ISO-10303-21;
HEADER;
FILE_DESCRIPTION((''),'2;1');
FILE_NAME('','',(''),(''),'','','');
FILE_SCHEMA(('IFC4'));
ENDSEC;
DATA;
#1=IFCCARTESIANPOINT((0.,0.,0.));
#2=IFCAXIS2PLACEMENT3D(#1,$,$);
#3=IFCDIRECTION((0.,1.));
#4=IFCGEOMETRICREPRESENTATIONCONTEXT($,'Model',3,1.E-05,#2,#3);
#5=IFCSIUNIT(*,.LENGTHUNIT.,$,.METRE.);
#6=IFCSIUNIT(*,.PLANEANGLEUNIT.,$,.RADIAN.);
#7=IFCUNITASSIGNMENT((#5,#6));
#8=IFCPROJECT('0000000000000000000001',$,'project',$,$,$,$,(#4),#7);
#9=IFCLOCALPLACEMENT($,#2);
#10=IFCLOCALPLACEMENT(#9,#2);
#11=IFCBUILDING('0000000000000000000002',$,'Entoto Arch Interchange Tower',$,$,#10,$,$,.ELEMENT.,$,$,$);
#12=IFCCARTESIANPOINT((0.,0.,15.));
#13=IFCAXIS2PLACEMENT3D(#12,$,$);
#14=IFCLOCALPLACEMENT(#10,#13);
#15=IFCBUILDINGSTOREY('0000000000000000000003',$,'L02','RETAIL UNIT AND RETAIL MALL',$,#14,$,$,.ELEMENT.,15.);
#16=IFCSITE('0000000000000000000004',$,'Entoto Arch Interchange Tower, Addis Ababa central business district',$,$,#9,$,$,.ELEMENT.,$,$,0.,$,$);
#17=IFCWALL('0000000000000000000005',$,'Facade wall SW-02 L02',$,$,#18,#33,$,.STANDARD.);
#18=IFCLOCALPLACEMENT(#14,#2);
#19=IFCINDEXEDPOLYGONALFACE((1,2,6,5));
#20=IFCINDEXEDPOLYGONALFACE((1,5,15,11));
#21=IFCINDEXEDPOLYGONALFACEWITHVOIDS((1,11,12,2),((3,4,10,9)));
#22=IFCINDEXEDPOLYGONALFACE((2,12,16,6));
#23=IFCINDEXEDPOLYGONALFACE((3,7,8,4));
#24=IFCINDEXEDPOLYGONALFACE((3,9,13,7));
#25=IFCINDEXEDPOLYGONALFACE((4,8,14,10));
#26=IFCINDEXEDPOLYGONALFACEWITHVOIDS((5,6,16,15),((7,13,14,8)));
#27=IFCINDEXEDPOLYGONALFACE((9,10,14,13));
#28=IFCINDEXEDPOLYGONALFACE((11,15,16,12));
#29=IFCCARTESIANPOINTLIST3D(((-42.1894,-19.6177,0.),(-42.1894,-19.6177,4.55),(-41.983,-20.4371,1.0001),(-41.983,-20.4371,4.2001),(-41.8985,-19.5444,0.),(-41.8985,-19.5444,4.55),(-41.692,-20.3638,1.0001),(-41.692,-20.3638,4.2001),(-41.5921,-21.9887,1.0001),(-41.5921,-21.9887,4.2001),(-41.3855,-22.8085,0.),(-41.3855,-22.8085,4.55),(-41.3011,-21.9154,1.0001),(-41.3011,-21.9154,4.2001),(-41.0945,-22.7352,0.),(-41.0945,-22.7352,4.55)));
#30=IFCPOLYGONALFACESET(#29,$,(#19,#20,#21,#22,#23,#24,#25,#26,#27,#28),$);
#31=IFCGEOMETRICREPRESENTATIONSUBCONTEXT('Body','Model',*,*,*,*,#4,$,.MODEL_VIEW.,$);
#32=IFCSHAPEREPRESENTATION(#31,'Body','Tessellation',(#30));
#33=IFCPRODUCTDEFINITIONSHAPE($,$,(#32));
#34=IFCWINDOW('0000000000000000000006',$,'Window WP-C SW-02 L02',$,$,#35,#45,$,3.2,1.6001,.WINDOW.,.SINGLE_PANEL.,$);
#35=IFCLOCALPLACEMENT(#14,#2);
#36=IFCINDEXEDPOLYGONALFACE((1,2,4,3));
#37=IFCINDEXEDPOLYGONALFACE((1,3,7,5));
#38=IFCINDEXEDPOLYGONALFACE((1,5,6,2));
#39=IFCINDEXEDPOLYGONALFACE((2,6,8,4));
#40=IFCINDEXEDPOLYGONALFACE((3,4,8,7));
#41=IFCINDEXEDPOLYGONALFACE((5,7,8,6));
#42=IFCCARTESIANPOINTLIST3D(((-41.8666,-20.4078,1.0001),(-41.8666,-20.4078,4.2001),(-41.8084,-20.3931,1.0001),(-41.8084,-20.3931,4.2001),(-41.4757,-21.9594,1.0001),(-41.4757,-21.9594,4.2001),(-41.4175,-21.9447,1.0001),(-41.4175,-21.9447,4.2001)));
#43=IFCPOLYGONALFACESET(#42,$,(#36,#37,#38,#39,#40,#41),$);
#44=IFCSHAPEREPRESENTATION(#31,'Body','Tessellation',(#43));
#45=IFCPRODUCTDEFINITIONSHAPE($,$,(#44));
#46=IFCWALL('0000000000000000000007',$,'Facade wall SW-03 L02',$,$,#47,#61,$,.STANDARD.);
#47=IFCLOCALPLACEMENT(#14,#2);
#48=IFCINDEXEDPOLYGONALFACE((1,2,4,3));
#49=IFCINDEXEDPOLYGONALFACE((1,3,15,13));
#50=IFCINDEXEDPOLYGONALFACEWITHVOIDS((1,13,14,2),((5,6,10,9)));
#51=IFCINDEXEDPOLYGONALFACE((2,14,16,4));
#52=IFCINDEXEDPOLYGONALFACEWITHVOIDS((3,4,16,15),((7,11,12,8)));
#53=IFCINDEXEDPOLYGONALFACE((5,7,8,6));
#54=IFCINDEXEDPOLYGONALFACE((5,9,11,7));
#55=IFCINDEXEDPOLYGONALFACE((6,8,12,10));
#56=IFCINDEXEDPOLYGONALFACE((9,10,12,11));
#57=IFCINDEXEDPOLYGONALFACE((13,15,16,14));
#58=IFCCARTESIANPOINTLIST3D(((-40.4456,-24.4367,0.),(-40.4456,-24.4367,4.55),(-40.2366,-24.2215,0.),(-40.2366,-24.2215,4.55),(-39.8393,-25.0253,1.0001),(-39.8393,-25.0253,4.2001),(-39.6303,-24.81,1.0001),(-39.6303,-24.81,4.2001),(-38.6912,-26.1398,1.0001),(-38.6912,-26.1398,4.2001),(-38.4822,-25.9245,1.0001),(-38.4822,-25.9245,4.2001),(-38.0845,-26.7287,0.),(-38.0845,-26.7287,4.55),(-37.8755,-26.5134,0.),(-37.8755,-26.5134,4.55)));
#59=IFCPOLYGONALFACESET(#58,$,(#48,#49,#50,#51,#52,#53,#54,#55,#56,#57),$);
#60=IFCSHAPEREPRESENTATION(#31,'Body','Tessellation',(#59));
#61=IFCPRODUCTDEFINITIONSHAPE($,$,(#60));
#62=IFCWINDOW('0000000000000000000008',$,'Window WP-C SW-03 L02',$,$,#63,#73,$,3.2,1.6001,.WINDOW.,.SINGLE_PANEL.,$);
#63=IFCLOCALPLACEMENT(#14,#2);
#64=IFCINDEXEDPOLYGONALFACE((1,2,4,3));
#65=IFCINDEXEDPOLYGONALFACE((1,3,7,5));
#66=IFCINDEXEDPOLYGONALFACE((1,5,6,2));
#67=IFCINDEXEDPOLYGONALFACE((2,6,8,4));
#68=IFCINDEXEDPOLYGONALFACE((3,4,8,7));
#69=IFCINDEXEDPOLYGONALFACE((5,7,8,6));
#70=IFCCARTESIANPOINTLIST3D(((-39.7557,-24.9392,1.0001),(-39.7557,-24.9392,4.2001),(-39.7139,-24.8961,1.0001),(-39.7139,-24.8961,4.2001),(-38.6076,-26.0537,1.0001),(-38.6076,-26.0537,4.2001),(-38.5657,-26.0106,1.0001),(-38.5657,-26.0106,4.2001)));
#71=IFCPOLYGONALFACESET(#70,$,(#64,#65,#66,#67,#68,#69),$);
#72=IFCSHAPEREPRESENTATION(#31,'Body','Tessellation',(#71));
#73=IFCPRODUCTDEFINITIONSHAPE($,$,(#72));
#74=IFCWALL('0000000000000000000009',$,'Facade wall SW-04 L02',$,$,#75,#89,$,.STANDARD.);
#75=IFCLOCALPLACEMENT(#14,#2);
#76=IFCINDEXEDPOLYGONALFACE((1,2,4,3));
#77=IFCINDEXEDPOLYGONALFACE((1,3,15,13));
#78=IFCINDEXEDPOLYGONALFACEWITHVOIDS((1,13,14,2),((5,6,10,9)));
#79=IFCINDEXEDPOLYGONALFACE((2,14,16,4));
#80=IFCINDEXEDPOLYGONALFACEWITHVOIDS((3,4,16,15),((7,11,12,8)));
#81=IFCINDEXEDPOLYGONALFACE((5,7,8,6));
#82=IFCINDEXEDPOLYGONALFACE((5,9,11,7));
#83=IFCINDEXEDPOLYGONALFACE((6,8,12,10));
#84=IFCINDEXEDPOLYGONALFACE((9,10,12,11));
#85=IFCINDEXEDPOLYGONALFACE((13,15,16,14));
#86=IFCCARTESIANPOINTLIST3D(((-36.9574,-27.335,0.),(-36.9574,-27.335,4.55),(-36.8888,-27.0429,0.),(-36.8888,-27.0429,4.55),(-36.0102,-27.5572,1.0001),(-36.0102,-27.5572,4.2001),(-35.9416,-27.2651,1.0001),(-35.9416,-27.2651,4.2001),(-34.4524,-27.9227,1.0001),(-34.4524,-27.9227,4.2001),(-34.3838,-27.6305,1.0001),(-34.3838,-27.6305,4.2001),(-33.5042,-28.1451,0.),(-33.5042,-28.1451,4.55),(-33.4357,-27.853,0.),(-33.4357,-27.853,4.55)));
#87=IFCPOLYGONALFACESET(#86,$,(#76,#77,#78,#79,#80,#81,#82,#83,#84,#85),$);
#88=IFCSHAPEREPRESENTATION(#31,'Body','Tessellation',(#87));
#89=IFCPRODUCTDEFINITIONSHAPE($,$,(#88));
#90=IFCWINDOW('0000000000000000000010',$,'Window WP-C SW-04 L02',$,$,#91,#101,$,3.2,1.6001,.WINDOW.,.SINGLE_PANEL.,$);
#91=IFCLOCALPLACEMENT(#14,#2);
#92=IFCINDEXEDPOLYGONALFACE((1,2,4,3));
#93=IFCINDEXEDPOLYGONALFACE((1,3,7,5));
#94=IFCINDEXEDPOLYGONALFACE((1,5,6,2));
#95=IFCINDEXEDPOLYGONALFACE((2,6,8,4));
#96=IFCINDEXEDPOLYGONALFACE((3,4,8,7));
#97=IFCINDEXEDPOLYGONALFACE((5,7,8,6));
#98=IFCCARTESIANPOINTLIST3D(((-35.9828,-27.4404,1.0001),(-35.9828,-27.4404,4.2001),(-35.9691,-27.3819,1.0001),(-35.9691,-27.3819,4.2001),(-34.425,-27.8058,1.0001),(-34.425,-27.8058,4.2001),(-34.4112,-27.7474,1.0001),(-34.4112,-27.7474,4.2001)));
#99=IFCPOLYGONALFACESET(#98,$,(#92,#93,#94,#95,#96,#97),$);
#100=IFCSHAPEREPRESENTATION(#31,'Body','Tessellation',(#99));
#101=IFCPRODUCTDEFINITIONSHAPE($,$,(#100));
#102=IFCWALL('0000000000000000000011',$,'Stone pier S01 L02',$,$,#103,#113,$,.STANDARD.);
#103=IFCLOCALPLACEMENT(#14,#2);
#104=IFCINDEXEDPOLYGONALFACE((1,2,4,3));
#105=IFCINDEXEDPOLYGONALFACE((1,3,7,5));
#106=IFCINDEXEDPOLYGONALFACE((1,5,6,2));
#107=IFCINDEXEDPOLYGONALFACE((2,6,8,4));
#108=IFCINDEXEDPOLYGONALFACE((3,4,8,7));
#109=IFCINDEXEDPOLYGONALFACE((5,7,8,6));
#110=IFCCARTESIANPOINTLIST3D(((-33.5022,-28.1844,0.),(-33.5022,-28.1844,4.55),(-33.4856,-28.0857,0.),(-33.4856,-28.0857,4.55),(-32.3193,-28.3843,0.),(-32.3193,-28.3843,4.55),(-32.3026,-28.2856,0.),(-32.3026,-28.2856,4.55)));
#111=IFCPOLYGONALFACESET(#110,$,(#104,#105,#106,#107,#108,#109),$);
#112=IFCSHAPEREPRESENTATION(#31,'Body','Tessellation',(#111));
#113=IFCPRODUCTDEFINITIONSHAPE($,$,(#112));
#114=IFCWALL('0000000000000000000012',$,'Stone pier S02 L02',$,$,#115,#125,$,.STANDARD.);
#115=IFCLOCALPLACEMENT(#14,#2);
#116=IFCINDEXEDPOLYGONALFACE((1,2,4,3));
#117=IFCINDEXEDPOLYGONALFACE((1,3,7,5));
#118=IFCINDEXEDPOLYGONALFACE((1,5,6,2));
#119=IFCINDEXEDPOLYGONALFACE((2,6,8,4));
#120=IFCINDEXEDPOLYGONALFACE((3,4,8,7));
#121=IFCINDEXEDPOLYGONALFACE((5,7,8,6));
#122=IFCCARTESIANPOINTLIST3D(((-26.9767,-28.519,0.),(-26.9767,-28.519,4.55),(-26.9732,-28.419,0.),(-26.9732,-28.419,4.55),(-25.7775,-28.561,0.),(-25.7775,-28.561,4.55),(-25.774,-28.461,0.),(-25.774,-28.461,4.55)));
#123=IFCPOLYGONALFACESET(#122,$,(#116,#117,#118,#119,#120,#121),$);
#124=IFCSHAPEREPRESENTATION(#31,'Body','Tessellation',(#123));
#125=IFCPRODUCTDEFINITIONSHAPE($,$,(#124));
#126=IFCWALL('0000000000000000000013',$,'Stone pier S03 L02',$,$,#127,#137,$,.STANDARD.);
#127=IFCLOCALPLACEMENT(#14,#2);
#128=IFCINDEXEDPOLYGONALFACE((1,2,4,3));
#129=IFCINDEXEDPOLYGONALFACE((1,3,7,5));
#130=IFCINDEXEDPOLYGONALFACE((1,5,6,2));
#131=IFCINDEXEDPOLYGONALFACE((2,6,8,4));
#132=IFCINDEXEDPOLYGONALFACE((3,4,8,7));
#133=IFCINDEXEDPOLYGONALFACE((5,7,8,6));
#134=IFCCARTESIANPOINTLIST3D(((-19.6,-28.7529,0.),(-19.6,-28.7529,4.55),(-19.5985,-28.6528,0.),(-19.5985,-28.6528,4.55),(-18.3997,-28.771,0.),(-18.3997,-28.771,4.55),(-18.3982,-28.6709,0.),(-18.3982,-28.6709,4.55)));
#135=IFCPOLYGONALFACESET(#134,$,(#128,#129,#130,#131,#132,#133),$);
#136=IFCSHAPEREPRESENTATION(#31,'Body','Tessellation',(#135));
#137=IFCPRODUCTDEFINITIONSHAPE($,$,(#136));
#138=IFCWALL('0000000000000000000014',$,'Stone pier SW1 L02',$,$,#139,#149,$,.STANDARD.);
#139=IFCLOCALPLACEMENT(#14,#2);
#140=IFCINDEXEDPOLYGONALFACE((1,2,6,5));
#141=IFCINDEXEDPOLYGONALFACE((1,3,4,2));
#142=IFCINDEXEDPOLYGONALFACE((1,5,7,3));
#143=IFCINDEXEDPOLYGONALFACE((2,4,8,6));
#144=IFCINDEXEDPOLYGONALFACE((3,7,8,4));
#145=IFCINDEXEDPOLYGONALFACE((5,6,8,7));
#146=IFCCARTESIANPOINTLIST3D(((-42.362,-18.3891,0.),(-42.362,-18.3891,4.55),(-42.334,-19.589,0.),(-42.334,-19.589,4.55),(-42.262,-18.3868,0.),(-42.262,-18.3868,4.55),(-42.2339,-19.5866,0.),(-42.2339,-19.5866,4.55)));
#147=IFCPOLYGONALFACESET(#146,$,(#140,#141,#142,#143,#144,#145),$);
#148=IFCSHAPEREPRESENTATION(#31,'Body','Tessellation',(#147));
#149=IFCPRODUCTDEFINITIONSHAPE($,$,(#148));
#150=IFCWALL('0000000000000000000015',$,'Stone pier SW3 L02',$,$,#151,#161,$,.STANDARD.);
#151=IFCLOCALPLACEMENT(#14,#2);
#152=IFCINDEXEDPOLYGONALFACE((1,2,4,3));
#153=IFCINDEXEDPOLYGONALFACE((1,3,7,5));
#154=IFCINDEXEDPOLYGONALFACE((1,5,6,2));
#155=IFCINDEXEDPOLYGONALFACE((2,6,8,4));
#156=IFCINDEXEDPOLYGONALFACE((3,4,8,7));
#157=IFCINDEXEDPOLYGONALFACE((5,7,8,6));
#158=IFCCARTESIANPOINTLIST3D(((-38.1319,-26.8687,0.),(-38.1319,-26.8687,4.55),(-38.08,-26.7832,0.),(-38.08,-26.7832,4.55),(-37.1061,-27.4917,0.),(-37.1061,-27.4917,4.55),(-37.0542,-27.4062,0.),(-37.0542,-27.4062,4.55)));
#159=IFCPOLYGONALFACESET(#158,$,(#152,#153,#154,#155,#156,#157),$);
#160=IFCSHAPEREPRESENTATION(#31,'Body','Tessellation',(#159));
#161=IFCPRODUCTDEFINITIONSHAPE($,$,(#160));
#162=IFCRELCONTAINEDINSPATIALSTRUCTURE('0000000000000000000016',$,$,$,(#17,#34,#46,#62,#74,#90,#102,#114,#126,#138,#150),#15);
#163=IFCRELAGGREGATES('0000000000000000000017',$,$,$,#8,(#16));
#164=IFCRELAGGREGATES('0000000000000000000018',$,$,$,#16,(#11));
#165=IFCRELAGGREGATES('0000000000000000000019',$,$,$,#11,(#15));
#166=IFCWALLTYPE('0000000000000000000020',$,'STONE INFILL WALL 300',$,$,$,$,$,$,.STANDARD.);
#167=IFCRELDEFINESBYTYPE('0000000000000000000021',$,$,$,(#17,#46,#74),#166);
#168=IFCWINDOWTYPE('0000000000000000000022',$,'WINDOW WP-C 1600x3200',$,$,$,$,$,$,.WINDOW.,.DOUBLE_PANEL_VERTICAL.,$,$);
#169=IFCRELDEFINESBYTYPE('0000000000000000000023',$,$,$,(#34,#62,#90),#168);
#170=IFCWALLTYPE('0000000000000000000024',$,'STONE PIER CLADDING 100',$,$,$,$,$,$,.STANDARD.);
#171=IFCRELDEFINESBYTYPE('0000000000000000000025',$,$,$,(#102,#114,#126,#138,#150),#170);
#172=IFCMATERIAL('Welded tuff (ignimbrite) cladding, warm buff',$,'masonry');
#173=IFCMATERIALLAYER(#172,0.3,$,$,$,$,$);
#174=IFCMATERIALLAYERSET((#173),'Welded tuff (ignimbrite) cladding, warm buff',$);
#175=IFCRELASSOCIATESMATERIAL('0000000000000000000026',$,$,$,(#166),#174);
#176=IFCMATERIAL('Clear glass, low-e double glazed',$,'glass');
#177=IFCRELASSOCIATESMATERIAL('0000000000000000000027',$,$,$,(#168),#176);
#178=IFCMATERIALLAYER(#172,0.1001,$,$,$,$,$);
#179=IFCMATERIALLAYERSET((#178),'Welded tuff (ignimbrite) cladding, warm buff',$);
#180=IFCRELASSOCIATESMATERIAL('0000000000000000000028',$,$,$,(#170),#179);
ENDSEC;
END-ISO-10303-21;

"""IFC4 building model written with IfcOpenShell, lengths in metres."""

from ifc_helpers import new_model, si_unit, direction, frame, frame_2d, origin, place, context, subcontext, project, spatial, rectangle, extrude, material, layer, layer_set, type_object, element, fill, save


model = new_model("IFC4")

# Units and contexts
model_context = context("Model", 3, precision=1e-05, world=origin(), true_north=direction((0.0, 1.0)))
body_context = subcontext(model_context, "Body", "Model", "MODEL_VIEW")
ifc_project = project(units=[si_unit("LENGTHUNIT", "METRE"), si_unit("PLANEANGLEUNIT", "RADIAN")], contexts=[model_context])

# Site, building, storey
site_placement = place(None, origin())
site = spatial("IfcSite", under=ifc_project, at=site_placement, Name="Entoto Arch Interchange Tower, Addis Ababa central business district", CompositionType="ELEMENT", RefElevation=0.0)
building_placement = place(site_placement, origin())
building = spatial("IfcBuilding", under=site, at=building_placement, Name="Entoto Arch Interchange Tower", CompositionType="ELEMENT")
storey_placement = place(building_placement, frame((0.0, 0.0, 15.0)))
storey = spatial("IfcBuildingStorey", under=building, at=storey_placement, Name="L02", Description="RETAIL UNIT AND RETAIL MALL", CompositionType="ELEMENT", Elevation=15.0)

# Shared definitions
ifc_material_1 = material(Name="Welded tuff (ignimbrite) cladding, warm buff", Category="masonry")
ifc_layer_1 = layer(ifc_material_1, 0.3)
ifc_layer_set_1 = layer_set([ifc_layer_1], Name="Welded tuff (ignimbrite) cladding, warm buff")
wall_type_1 = type_object("IfcWallType", Name="STONE INFILL WALL 300", PredefinedType="STANDARD", material=ifc_layer_set_1)
ifc_material_2 = material(Name="Clear glass, low-e double glazed", Category="glass")
window_type = type_object("IfcWindowType", Name="WINDOW WP-C 1600x3200", PartitioningType="DOUBLE_PANEL_VERTICAL", PredefinedType="WINDOW", material=ifc_material_2)

# Walls, openings, windows
wall_1_placement = place(storey_placement, frame((-42.0439, -19.5811, 0.0), z_axis=(0.0, 0.0, 1.0), x_axis=(0.244316, -0.969696, 0.0)))
wall_1 = element("IfcWall", 1, at=wall_1_placement, inside=storey, type_object=wall_type_1, Name="Facade wall SW-02 L02", PredefinedType="STANDARD", context=body_context, shape_type="SweptSolid", body=[
    extrude(rectangle(XDim=3.2905, YDim=0.3, at=frame_2d((1.6453, 0.0))), origin(), (0.0, 0.0, 1.0), 4.55),
])
opening_1_placement = place(wall_1_placement, frame((0.845, 0.0, 1.0)))
opening_1 = element("IfcOpeningElement", 2, at=opening_1_placement, cuts=wall_1, PredefinedType="OPENING", context=body_context, shape_type="SweptSolid", body=[
    extrude(rectangle(XDim=1.6001, YDim=3.2, at=frame_2d((0.8, 1.6001))), frame((0.0, 0.1602, 0.0), z_axis=(0.0, -1.0, 0.0), x_axis=(1.0, 0.0, 0.0)), (0.0, 0.0, 1.0), 0.3201),
])
window_1_placement = place(opening_1_placement, origin())
window_1 = element("IfcWindow", 3, at=window_1_placement, inside=storey, type_object=window_type, Name="Window WP-C SW-02 L02", OverallHeight=3.2, OverallWidth=1.6001, PartitioningType="SINGLE_PANEL", PredefinedType="WINDOW", context=body_context, shape_type="SweptSolid", body=[
    extrude(rectangle(XDim=1.6001, YDim=3.2, at=frame_2d((0.8, 1.6001))), frame((0.0, 0.03, 0.0), z_axis=(0.0, -1.0, 0.0), x_axis=(1.0, 0.0, 0.0)), (0.0, 0.0, 1.0), 0.0601),
])
fill(opening_1, window_1)
wall_2_placement = place(storey_placement, frame((-40.3411, -24.3291, 0.0), z_axis=(0.0, 0.0, 1.0), x_axis=(0.717527, -0.69653, 0.0)))
wall_2 = element("IfcWall", 4, at=wall_2_placement, inside=storey, type_object=wall_type_1, Name="Facade wall SW-03 L02", PredefinedType="STANDARD", context=body_context, shape_type="SweptSolid", body=[
    extrude(rectangle(XDim=3.2905, YDim=0.3, at=frame_2d((1.6453, 0.0))), origin(), (0.0, 0.0, 1.0), 4.55),
])
opening_2_placement = place(wall_2_placement, frame((0.845, 0.0, 1.0)))
opening_2 = element("IfcOpeningElement", 5, at=opening_2_placement, cuts=wall_2, PredefinedType="OPENING", context=body_context, shape_type="SweptSolid", body=[
    extrude(rectangle(XDim=1.6001, YDim=3.2, at=frame_2d((0.8, 1.6001))), frame((0.0, 0.1602, 0.0), z_axis=(0.0, -1.0, 0.0), x_axis=(1.0, 0.0, 0.0)), (0.0, 0.0, 1.0), 0.3201),
])
window_2_placement = place(opening_2_placement, origin())
window_2 = element("IfcWindow", 6, at=window_2_placement, inside=storey, type_object=window_type, Name="Window WP-C SW-03 L02", OverallHeight=3.2, OverallWidth=1.6001, PartitioningType="SINGLE_PANEL", PredefinedType="WINDOW", context=body_context, shape_type="SweptSolid", body=[
    extrude(rectangle(XDim=1.6001, YDim=3.2, at=frame_2d((0.8, 1.6001))), frame((0.0, 0.03, 0.0), z_axis=(0.0, -1.0, 0.0), x_axis=(1.0, 0.0, 0.0)), (0.0, 0.0, 1.0), 0.0601),
])
fill(opening_2, window_2)
wall_3_placement = place(storey_placement, frame((-36.9231, -27.189, 0.0), z_axis=(0.0, 0.0, 1.0), x_axis=(0.97357, -0.228387, 0.0)))
wall_3 = element("IfcWall", 7, at=wall_3_placement, inside=storey, type_object=wall_type_1, Name="Facade wall SW-04 L02", PredefinedType="STANDARD", context=body_context, shape_type="SweptSolid", body=[
    extrude(rectangle(XDim=3.5469, YDim=0.3, at=frame_2d((1.7734, 0.0))), origin(), (0.0, 0.0, 1.0), 4.55),
])
opening_3_placement = place(wall_3_placement, frame((0.9729, 0.0, 1.0)))
opening_3 = element("IfcOpeningElement", 8, at=opening_3_placement, cuts=wall_3, PredefinedType="OPENING", context=body_context, shape_type="SweptSolid", body=[
    extrude(rectangle(XDim=1.6001, YDim=3.2, at=frame_2d((0.8, 1.6001))), frame((0.0, 0.1602, 0.0), z_axis=(0.0, -1.0, 0.0), x_axis=(1.0, 0.0, 0.0)), (0.0, 0.0, 1.0), 0.3201),
])
window_3_placement = place(opening_3_placement, origin())
window_3 = element("IfcWindow", 9, at=window_3_placement, inside=storey, type_object=window_type, Name="Window WP-C SW-04 L02", OverallHeight=3.2, OverallWidth=1.6001, PartitioningType="SINGLE_PANEL", PredefinedType="WINDOW", context=body_context, shape_type="SweptSolid", body=[
    extrude(rectangle(XDim=1.6001, YDim=3.2, at=frame_2d((0.8, 1.6001))), frame((0.0, 0.03, 0.0), z_axis=(0.0, -1.0, 0.0), x_axis=(1.0, 0.0, 0.0)), (0.0, 0.0, 1.0), 0.0601),
])
fill(opening_3, window_3)

# Walls
ifc_layer_2 = layer(ifc_material_1, 0.1001)
ifc_layer_set_2 = layer_set([ifc_layer_2], Name="Welded tuff (ignimbrite) cladding, warm buff")
wall_type_2 = type_object("IfcWallType", Name="STONE PIER CLADDING 100", PredefinedType="STANDARD", material=ifc_layer_set_2)
wall_4_placement = place(storey_placement, frame((-33.4939, -28.135, 0.0), z_axis=(0.0, 0.0, 1.0), x_axis=(0.986012, -0.166676, 0.0)))
element("IfcWall", 10, at=wall_4_placement, inside=storey, type_object=wall_type_2, Name="Stone pier S01 L02", PredefinedType="STANDARD", context=body_context, shape_type="SweptSolid", body=[
    extrude(rectangle(XDim=1.1997, YDim=0.1001, at=frame_2d((0.5999, 0.0))), origin(), (0.0, 0.0, 1.0), 4.55),
])
wall_5_placement = place(storey_placement, frame((-26.9751, -28.469, 0.0), z_axis=(0.0, 0.0, 1.0), x_axis=(0.999387, -0.034995, 0.0)))
element("IfcWall", 11, at=wall_5_placement, inside=storey, type_object=wall_type_2, Name="Stone pier S02 L02", PredefinedType="STANDARD", context=body_context, shape_type="SweptSolid", body=[
    extrude(rectangle(XDim=1.2, YDim=0.1001, at=frame_2d((0.6001, 0.0))), origin(), (0.0, 0.0, 1.0), 4.55),
])
wall_6_placement = place(storey_placement, frame((-19.5991, -28.7029, 0.0), z_axis=(0.0, 0.0, 1.0), x_axis=(0.999887, -0.015051, 0.0)))
element("IfcWall", 12, at=wall_6_placement, inside=storey, type_object=wall_type_2, Name="Stone pier S03 L02", PredefinedType="STANDARD", context=body_context, shape_type="SweptSolid", body=[
    extrude(rectangle(XDim=1.2004, YDim=0.1001, at=frame_2d((0.6001, 0.0))), origin(), (0.0, 0.0, 1.0), 4.55),
])
for number, where, z_axis, x_axis, name in (
    (13, (-42.312, -18.3879, 0.0), (0.0, 0.0, 1.0), (0.023391, -0.999726, 0.0), "Stone pier SW1 L02"),
    (14, (-38.106, -26.8259, 0.0), (0.0, 0.0, 1.0), (0.854717, -0.519095, 0.0), "Stone pier SW3 L02"),
):
    element("IfcWall", number, at=place(storey_placement, frame(where, z_axis=z_axis, x_axis=x_axis)), inside=storey, type_object=wall_type_2, Name=name, PredefinedType="STANDARD", context=body_context, shape_type="SweptSolid", body=[
        extrude(rectangle(XDim=1.2002, YDim=0.1001, at=frame_2d((0.6001, 0.0))), origin(), (0.0, 0.0, 1.0), 4.55),
    ])

save(model, "model.ifc")
